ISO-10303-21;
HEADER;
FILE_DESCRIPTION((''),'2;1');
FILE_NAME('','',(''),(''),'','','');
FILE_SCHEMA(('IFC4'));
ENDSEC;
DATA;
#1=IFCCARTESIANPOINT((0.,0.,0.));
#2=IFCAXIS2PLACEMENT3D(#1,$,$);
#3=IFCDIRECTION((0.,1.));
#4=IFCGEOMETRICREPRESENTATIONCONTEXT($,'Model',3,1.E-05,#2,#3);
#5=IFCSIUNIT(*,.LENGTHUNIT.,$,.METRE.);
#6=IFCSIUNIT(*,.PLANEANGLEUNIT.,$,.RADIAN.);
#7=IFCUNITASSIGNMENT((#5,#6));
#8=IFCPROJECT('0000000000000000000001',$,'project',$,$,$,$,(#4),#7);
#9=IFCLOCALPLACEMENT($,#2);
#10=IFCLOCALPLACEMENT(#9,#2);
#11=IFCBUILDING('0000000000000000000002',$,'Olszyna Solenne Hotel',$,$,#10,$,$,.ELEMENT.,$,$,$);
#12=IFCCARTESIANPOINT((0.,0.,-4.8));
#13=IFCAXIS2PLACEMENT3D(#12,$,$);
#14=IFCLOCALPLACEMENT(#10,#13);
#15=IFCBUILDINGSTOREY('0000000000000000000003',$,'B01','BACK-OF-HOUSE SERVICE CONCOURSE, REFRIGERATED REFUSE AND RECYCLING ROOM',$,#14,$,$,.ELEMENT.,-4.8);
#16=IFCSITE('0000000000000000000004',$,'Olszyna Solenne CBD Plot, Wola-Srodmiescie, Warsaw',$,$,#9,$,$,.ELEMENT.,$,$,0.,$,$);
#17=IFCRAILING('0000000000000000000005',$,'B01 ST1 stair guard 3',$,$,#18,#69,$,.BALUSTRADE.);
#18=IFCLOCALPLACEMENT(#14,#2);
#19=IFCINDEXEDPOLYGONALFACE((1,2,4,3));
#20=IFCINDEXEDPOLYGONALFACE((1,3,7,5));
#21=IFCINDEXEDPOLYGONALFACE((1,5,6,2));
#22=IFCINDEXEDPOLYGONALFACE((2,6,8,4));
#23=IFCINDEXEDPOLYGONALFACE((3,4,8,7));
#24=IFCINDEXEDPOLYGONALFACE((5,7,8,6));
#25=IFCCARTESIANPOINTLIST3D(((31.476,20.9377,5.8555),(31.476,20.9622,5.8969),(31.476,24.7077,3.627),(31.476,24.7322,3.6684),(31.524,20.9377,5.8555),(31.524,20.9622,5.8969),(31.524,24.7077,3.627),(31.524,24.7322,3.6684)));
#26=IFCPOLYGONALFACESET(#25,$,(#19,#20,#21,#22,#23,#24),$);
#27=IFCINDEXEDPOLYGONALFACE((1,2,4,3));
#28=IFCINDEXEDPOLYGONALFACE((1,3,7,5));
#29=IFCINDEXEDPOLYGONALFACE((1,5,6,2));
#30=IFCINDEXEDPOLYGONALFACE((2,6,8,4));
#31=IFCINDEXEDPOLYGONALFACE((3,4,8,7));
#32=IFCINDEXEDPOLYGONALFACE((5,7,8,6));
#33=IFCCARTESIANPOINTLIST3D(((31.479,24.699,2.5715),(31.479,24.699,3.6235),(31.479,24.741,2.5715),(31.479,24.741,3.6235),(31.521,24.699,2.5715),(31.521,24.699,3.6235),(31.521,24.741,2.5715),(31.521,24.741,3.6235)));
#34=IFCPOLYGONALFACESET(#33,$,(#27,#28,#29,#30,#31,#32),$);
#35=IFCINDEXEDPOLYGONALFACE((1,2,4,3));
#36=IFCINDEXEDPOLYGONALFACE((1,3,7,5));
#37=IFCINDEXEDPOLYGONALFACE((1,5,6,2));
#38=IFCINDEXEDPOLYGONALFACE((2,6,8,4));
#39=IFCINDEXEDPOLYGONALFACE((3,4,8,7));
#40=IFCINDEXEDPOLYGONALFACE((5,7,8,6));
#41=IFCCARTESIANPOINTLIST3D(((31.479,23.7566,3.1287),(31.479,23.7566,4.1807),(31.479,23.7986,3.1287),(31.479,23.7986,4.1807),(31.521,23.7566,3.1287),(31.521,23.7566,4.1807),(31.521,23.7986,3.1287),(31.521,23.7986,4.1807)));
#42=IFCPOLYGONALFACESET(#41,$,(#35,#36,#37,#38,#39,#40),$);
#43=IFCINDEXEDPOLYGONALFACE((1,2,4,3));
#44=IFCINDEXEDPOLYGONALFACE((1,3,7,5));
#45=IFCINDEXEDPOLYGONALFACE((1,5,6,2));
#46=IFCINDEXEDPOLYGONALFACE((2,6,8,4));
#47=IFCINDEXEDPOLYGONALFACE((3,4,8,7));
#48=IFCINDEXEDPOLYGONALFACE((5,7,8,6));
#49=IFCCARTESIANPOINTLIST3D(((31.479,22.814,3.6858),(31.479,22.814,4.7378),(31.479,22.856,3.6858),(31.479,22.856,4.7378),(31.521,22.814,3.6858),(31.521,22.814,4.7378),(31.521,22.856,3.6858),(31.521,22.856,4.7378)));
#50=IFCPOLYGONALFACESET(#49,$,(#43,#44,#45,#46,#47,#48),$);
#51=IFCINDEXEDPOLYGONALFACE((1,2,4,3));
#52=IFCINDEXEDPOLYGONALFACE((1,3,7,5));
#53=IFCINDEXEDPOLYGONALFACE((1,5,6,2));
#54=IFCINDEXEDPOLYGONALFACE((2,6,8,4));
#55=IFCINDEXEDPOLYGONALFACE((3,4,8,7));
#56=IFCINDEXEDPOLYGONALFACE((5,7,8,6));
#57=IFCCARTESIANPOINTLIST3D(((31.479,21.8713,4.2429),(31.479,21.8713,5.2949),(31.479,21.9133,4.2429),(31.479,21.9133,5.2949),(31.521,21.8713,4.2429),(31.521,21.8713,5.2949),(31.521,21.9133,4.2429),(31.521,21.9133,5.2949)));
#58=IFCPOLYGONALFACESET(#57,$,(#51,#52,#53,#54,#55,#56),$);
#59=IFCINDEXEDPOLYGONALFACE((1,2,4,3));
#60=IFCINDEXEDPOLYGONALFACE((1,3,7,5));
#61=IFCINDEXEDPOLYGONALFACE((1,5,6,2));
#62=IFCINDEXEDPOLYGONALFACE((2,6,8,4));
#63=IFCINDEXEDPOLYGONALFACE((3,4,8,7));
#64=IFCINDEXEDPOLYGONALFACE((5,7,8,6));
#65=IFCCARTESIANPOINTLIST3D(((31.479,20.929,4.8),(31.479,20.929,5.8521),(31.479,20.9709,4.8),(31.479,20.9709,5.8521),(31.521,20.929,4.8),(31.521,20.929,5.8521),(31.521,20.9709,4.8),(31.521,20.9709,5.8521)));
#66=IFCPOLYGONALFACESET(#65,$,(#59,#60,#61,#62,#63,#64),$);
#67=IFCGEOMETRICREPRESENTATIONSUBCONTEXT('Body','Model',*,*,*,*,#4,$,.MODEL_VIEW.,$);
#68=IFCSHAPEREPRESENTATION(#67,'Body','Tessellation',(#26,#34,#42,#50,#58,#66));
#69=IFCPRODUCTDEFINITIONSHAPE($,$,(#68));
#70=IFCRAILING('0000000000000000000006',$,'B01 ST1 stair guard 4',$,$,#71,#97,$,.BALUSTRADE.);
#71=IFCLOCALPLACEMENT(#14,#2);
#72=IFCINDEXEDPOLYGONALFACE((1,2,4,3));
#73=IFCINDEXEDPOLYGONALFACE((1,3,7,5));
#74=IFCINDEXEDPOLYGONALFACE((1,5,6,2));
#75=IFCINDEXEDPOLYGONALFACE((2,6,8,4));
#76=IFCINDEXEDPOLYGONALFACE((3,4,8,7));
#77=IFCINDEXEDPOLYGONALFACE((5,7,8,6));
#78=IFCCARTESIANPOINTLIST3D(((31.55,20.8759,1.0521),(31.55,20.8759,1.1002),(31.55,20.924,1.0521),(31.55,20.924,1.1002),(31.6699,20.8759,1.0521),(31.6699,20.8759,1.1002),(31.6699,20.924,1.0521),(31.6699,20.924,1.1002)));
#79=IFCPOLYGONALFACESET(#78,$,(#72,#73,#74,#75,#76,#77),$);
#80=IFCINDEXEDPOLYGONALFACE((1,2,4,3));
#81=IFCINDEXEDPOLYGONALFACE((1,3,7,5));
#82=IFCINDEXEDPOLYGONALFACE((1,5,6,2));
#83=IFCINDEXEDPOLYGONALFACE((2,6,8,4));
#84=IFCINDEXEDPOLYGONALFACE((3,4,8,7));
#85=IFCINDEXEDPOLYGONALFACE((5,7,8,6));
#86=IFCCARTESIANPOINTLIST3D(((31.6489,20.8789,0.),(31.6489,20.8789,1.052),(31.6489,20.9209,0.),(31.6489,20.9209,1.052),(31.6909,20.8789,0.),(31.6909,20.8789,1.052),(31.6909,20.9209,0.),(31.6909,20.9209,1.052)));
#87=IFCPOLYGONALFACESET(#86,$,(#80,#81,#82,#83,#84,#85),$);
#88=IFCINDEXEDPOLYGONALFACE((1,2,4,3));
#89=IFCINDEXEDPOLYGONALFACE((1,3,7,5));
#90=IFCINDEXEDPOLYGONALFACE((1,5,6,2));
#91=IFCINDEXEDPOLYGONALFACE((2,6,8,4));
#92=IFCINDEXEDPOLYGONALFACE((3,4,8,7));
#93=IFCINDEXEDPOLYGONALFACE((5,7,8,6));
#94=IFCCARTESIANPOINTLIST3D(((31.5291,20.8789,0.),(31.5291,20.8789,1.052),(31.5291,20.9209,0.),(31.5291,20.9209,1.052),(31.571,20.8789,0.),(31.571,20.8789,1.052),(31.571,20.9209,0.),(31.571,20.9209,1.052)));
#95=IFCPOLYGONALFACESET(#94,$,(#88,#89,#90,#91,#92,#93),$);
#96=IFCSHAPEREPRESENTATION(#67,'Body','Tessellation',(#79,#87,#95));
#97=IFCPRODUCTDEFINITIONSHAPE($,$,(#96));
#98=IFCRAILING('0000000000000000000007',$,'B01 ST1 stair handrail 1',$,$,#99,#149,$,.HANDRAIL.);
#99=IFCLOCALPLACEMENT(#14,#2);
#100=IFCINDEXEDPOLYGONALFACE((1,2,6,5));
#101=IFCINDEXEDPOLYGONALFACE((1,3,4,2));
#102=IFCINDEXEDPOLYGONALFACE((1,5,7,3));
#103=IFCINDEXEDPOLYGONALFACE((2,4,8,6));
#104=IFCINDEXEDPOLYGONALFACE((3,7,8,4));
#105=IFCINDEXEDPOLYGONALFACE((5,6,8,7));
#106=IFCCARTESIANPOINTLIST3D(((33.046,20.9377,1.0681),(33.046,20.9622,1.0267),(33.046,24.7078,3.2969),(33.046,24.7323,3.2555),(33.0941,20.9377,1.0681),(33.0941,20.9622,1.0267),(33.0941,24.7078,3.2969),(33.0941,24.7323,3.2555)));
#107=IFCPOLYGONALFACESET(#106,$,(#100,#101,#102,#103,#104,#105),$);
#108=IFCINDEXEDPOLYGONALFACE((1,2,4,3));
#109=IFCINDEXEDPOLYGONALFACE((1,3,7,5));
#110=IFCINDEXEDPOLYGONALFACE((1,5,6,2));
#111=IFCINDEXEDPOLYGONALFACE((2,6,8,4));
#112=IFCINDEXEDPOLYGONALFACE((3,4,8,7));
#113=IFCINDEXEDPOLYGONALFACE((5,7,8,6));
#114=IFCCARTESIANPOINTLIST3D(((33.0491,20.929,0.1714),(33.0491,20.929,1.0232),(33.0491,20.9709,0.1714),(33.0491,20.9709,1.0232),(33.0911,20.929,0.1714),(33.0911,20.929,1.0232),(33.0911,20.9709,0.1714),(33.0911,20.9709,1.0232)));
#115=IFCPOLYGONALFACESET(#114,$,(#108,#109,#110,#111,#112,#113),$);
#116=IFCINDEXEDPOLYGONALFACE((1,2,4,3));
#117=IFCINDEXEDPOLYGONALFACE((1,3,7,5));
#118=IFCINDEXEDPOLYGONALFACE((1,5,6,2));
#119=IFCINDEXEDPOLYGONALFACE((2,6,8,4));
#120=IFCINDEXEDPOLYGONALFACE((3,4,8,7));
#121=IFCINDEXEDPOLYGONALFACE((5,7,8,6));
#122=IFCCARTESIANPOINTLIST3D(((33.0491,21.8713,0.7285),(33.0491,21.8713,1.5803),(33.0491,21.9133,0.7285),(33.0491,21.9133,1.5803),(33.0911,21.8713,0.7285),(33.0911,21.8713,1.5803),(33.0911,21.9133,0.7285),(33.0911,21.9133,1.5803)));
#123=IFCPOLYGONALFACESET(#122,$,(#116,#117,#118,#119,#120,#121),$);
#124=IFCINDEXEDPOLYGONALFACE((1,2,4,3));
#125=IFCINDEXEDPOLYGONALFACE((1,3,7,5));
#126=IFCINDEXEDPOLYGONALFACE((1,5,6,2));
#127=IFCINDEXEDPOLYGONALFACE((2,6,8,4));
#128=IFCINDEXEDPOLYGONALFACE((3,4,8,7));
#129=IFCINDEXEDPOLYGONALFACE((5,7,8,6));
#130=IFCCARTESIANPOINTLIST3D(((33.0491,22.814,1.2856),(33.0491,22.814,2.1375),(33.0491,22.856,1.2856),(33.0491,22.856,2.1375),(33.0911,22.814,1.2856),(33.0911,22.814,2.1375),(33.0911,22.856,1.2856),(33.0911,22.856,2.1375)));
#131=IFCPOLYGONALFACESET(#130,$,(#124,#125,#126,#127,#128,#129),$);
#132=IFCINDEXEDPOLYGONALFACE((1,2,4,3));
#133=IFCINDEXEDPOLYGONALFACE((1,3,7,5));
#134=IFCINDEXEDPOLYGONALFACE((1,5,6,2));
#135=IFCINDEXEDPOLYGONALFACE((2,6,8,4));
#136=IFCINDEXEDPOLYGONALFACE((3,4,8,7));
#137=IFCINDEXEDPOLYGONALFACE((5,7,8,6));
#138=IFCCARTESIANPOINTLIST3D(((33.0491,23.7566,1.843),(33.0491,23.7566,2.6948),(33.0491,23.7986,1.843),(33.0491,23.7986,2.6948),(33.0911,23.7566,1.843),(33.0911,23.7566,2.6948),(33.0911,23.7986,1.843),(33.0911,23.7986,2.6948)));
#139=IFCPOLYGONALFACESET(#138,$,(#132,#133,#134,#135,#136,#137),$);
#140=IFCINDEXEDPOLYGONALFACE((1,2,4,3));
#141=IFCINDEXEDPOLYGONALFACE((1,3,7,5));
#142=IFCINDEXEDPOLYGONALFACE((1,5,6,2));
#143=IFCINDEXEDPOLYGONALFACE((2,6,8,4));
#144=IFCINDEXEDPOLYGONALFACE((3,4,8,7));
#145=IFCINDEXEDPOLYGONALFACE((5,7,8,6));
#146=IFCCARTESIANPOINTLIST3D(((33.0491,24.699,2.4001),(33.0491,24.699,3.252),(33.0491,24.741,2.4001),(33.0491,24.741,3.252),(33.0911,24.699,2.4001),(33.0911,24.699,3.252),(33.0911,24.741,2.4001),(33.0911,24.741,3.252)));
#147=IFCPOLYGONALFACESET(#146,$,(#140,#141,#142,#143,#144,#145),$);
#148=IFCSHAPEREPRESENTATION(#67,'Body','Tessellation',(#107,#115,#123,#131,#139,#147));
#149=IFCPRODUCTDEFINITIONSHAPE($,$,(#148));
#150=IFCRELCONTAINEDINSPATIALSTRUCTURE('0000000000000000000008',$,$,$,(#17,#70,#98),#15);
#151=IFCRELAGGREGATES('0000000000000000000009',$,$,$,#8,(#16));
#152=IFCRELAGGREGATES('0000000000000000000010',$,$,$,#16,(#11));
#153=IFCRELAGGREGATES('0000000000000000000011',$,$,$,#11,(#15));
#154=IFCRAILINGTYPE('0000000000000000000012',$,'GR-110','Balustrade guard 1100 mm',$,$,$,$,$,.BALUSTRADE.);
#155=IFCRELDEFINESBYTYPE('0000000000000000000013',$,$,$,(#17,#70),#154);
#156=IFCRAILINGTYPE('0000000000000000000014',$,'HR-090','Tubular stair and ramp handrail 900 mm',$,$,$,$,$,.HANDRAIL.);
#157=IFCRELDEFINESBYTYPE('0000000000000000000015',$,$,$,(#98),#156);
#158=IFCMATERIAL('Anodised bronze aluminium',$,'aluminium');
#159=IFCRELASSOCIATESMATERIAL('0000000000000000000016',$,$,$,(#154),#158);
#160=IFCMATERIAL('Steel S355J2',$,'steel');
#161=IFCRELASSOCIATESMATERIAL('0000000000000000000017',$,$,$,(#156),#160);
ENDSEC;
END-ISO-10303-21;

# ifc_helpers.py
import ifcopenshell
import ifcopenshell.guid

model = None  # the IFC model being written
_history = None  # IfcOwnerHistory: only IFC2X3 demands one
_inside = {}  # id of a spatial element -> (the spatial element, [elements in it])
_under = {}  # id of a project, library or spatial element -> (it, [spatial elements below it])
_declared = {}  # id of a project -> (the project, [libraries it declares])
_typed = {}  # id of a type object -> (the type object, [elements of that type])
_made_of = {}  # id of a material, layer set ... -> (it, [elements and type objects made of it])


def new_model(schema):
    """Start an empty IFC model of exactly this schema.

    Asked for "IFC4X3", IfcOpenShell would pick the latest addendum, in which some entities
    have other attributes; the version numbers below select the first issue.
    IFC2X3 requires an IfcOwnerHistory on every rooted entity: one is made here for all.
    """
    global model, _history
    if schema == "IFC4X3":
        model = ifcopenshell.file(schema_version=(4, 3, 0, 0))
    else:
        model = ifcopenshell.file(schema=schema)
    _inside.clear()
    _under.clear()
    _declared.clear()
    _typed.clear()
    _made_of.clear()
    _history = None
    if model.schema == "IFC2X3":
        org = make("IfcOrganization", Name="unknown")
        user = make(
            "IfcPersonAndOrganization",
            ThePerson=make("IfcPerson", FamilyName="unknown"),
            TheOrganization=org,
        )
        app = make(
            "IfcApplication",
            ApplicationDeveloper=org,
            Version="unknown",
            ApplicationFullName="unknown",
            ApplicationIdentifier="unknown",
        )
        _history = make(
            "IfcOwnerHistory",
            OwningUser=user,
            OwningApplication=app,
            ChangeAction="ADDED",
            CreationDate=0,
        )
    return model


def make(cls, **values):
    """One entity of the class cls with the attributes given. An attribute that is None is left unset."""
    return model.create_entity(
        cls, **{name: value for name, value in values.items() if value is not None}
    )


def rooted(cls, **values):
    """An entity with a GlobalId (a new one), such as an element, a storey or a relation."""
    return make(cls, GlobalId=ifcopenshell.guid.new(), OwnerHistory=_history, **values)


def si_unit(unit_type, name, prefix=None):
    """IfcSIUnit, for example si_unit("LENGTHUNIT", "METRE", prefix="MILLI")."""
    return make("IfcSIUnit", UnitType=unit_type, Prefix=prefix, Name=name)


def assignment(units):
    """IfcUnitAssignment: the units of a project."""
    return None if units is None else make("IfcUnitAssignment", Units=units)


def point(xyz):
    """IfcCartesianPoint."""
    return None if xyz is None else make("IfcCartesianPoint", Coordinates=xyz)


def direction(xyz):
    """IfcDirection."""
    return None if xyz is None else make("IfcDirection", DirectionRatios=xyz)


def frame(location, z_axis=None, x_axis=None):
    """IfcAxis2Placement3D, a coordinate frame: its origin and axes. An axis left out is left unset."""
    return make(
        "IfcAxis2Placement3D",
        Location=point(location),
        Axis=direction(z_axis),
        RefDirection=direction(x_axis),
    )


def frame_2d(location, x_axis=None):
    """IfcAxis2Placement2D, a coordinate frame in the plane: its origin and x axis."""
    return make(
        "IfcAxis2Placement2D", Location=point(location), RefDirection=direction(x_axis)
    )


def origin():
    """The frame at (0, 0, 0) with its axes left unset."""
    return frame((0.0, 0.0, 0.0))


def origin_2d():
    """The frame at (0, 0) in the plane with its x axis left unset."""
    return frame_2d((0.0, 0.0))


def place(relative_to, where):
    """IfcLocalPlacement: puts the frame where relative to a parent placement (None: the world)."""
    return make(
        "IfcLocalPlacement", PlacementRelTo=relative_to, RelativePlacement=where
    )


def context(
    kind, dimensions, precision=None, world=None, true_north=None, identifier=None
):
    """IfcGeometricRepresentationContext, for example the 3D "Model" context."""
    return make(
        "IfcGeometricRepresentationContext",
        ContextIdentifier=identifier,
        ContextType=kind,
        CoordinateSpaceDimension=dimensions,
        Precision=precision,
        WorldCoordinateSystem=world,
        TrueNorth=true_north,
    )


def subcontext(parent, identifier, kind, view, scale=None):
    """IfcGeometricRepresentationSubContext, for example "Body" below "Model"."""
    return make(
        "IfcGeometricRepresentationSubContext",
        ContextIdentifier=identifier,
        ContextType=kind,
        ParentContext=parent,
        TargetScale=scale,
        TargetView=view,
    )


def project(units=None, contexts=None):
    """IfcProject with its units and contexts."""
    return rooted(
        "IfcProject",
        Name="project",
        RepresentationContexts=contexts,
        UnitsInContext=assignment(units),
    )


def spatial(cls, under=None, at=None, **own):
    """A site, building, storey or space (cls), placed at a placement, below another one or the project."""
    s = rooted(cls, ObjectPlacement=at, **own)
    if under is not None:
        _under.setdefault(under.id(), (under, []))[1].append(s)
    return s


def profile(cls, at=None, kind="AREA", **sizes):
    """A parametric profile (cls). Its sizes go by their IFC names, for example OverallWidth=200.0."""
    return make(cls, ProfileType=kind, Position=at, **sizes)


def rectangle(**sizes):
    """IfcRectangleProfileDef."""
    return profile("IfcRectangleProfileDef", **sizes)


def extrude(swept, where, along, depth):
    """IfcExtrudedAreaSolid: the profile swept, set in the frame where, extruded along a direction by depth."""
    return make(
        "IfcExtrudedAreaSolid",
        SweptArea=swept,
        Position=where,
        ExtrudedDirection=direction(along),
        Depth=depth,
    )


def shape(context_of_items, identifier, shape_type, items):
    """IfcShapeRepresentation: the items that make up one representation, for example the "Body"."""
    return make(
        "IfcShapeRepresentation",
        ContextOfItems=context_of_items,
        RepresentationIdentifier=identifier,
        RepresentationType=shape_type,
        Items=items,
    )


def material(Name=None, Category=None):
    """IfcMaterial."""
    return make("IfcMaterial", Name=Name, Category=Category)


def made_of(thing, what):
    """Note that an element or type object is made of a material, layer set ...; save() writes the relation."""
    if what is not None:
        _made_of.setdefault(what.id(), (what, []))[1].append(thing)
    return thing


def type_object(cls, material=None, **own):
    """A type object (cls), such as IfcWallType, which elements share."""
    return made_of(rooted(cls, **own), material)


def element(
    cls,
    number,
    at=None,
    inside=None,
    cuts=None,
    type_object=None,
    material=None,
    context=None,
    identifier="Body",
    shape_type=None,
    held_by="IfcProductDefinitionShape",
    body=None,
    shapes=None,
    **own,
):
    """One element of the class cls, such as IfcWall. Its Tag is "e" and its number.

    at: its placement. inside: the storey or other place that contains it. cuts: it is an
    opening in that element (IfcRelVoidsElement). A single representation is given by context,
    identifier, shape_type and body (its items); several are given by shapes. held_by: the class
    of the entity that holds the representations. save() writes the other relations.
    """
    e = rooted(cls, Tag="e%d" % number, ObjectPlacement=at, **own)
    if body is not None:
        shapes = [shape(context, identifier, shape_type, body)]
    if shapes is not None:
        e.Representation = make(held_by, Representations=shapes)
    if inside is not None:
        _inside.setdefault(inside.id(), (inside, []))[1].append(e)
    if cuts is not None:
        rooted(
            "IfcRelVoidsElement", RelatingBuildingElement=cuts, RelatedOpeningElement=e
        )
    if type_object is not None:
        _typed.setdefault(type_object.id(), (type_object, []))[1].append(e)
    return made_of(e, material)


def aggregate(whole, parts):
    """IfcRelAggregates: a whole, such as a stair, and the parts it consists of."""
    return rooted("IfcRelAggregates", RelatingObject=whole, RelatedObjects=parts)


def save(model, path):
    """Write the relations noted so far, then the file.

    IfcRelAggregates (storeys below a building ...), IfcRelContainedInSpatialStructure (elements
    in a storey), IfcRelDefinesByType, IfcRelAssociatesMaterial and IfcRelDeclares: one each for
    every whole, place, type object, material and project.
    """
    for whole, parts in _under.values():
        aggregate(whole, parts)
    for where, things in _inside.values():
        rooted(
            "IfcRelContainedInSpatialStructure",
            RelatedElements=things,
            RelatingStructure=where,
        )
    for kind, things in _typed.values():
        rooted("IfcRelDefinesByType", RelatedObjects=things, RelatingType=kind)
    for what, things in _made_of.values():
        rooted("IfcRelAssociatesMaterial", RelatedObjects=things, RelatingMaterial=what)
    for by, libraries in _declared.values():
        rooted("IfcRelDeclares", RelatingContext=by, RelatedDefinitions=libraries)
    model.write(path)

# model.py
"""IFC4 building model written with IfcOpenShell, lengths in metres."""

from ifc_helpers import new_model, si_unit, direction, frame, origin, origin_2d, place, context, subcontext, project, spatial, rectangle, extrude, material, type_object, element, save


model = new_model("IFC4")

# Units and contexts
model_context = context("Model", 3, precision=1e-05, world=origin(), true_north=direction((0.0, 1.0)))
body_context = subcontext(model_context, "Body", "Model", "MODEL_VIEW")
ifc_project = project(units=[si_unit("LENGTHUNIT", "METRE"), si_unit("PLANEANGLEUNIT", "RADIAN")], contexts=[model_context])

# Site, building, storey
site_placement = place(None, origin())
site = spatial("IfcSite", under=ifc_project, at=site_placement, Name="Olszyna Solenne CBD Plot, Wola-Srodmiescie, Warsaw", CompositionType="ELEMENT", RefElevation=0.0)
building_placement = place(site_placement, origin())
building = spatial("IfcBuilding", under=site, at=building_placement, Name="Olszyna Solenne Hotel", CompositionType="ELEMENT")
storey_placement = place(building_placement, frame((0.0, 0.0, -4.8)))
storey = spatial("IfcBuildingStorey", under=building, at=storey_placement, Name="B01", Description="BACK-OF-HOUSE SERVICE CONCOURSE, REFRIGERATED REFUSE AND RECYCLING ROOM", CompositionType="ELEMENT", Elevation=-4.8)

# Shared definitions
ifc_material_1 = material(Name="Steel S355J2", Category="steel")

# Railings
ifc_material_2 = material(Name="Anodised bronze aluminium", Category="aluminium")
railing_type_1 = type_object("IfcRailingType", Name="GR-110", Description="Balustrade guard 1100 mm", PredefinedType="BALUSTRADE", material=ifc_material_2)
railing_1_placement = place(storey_placement, frame((31.5, 24.72, 2.5715)))
element("IfcRailing", 1, at=railing_1_placement, inside=storey, type_object=railing_type_1, Name="B01 ST1 stair guard 3", PredefinedType="BALUSTRADE", context=body_context, shape_type="SweptSolid", body=[
    extrude(rectangle(XDim=0.0481, YDim=0.0481, at=origin_2d()), frame((0.0, 0.0, 1.0762), z_axis=(0.0, -0.860849, 0.508861), x_axis=(1.0, 0.0, 0.0)), (0.0, 0.0, 1.0), 4.3794),
    extrude(rectangle(XDim=0.042, YDim=0.042, at=origin_2d()), origin(), (0.0, 0.0, 1.0), 1.052),
    extrude(rectangle(XDim=0.042, YDim=0.042, at=origin_2d()), frame((0.0, -0.9424, 0.5571)), (0.0, 0.0, 1.0), 1.052),
    extrude(rectangle(XDim=0.042, YDim=0.042, at=origin_2d()), frame((0.0, -1.885, 1.1143)), (0.0, 0.0, 1.0), 1.052),
    extrude(rectangle(XDim=0.042, YDim=0.042, at=origin_2d()), frame((0.0, -2.8276, 1.6714)), (0.0, 0.0, 1.0), 1.052),
    extrude(rectangle(XDim=0.042, YDim=0.042, at=origin_2d()), frame((0.0, -3.77, 2.2285)), (0.0, 0.0, 1.0), 1.052),
])
railing_2_placement = place(storey_placement, frame((31.6699, 20.8999, 0.0)))
element("IfcRailing", 2, at=railing_2_placement, inside=storey, type_object=railing_type_1, Name="B01 ST1 stair guard 4", PredefinedType="BALUSTRADE", context=body_context, shape_type="SweptSolid", body=[
    extrude(rectangle(XDim=0.0481, YDim=0.0481, at=origin_2d()), frame((0.0, 0.0, 1.0762), z_axis=(-1.0, 0.0, 0.0), x_axis=(0.0, -1.0, 0.0)), (0.0, 0.0, 1.0), 0.1199),
    extrude(rectangle(XDim=0.042, YDim=0.042, at=origin_2d()), origin(), (0.0, 0.0, 1.0), 1.052),
    extrude(rectangle(XDim=0.042, YDim=0.042, at=origin_2d()), frame((-0.1199, 0.0, 0.0)), (0.0, 0.0, 1.0), 1.052),
])
railing_type_2 = type_object("IfcRailingType", Name="HR-090", Description="Tubular stair and ramp handrail 900 mm", PredefinedType="HANDRAIL", material=ifc_material_1)
railing_3_placement = place(storey_placement, frame((33.0701, 20.95, 0.1714)))
element("IfcRailing", 3, at=railing_3_placement, inside=storey, type_object=railing_type_2, Name="B01 ST1 stair handrail 1", PredefinedType="HANDRAIL", context=body_context, shape_type="SweptSolid", body=[
    extrude(rectangle(XDim=0.0481, YDim=0.0481, at=origin_2d()), frame((0.0, 0.0, 0.876), z_axis=(0.0, 0.860824, 0.508902), x_axis=(-1.0, 0.0, 0.0)), (0.0, 0.0, 1.0), 4.3796),
    extrude(rectangle(XDim=0.042, YDim=0.042, at=origin_2d()), origin(), (0.0, 0.0, 1.0), 0.8518),
    extrude(rectangle(XDim=0.042, YDim=0.042, at=origin_2d()), frame((0.0, 0.9424, 0.5571)), (0.0, 0.0, 1.0), 0.8518),
    extrude(rectangle(XDim=0.042, YDim=0.042, at=origin_2d()), frame((0.0, 1.885, 1.1143)), (0.0, 0.0, 1.0), 0.8518),
    extrude(rectangle(XDim=0.042, YDim=0.042, at=origin_2d()), frame((0.0, 2.8276, 1.6716)), (0.0, 0.0, 1.0), 0.8518),
    extrude(rectangle(XDim=0.042, YDim=0.042, at=origin_2d()), frame((0.0, 3.77, 2.2288)), (0.0, 0.0, 1.0), 0.8518),
])

save(model, "model.ifc")
